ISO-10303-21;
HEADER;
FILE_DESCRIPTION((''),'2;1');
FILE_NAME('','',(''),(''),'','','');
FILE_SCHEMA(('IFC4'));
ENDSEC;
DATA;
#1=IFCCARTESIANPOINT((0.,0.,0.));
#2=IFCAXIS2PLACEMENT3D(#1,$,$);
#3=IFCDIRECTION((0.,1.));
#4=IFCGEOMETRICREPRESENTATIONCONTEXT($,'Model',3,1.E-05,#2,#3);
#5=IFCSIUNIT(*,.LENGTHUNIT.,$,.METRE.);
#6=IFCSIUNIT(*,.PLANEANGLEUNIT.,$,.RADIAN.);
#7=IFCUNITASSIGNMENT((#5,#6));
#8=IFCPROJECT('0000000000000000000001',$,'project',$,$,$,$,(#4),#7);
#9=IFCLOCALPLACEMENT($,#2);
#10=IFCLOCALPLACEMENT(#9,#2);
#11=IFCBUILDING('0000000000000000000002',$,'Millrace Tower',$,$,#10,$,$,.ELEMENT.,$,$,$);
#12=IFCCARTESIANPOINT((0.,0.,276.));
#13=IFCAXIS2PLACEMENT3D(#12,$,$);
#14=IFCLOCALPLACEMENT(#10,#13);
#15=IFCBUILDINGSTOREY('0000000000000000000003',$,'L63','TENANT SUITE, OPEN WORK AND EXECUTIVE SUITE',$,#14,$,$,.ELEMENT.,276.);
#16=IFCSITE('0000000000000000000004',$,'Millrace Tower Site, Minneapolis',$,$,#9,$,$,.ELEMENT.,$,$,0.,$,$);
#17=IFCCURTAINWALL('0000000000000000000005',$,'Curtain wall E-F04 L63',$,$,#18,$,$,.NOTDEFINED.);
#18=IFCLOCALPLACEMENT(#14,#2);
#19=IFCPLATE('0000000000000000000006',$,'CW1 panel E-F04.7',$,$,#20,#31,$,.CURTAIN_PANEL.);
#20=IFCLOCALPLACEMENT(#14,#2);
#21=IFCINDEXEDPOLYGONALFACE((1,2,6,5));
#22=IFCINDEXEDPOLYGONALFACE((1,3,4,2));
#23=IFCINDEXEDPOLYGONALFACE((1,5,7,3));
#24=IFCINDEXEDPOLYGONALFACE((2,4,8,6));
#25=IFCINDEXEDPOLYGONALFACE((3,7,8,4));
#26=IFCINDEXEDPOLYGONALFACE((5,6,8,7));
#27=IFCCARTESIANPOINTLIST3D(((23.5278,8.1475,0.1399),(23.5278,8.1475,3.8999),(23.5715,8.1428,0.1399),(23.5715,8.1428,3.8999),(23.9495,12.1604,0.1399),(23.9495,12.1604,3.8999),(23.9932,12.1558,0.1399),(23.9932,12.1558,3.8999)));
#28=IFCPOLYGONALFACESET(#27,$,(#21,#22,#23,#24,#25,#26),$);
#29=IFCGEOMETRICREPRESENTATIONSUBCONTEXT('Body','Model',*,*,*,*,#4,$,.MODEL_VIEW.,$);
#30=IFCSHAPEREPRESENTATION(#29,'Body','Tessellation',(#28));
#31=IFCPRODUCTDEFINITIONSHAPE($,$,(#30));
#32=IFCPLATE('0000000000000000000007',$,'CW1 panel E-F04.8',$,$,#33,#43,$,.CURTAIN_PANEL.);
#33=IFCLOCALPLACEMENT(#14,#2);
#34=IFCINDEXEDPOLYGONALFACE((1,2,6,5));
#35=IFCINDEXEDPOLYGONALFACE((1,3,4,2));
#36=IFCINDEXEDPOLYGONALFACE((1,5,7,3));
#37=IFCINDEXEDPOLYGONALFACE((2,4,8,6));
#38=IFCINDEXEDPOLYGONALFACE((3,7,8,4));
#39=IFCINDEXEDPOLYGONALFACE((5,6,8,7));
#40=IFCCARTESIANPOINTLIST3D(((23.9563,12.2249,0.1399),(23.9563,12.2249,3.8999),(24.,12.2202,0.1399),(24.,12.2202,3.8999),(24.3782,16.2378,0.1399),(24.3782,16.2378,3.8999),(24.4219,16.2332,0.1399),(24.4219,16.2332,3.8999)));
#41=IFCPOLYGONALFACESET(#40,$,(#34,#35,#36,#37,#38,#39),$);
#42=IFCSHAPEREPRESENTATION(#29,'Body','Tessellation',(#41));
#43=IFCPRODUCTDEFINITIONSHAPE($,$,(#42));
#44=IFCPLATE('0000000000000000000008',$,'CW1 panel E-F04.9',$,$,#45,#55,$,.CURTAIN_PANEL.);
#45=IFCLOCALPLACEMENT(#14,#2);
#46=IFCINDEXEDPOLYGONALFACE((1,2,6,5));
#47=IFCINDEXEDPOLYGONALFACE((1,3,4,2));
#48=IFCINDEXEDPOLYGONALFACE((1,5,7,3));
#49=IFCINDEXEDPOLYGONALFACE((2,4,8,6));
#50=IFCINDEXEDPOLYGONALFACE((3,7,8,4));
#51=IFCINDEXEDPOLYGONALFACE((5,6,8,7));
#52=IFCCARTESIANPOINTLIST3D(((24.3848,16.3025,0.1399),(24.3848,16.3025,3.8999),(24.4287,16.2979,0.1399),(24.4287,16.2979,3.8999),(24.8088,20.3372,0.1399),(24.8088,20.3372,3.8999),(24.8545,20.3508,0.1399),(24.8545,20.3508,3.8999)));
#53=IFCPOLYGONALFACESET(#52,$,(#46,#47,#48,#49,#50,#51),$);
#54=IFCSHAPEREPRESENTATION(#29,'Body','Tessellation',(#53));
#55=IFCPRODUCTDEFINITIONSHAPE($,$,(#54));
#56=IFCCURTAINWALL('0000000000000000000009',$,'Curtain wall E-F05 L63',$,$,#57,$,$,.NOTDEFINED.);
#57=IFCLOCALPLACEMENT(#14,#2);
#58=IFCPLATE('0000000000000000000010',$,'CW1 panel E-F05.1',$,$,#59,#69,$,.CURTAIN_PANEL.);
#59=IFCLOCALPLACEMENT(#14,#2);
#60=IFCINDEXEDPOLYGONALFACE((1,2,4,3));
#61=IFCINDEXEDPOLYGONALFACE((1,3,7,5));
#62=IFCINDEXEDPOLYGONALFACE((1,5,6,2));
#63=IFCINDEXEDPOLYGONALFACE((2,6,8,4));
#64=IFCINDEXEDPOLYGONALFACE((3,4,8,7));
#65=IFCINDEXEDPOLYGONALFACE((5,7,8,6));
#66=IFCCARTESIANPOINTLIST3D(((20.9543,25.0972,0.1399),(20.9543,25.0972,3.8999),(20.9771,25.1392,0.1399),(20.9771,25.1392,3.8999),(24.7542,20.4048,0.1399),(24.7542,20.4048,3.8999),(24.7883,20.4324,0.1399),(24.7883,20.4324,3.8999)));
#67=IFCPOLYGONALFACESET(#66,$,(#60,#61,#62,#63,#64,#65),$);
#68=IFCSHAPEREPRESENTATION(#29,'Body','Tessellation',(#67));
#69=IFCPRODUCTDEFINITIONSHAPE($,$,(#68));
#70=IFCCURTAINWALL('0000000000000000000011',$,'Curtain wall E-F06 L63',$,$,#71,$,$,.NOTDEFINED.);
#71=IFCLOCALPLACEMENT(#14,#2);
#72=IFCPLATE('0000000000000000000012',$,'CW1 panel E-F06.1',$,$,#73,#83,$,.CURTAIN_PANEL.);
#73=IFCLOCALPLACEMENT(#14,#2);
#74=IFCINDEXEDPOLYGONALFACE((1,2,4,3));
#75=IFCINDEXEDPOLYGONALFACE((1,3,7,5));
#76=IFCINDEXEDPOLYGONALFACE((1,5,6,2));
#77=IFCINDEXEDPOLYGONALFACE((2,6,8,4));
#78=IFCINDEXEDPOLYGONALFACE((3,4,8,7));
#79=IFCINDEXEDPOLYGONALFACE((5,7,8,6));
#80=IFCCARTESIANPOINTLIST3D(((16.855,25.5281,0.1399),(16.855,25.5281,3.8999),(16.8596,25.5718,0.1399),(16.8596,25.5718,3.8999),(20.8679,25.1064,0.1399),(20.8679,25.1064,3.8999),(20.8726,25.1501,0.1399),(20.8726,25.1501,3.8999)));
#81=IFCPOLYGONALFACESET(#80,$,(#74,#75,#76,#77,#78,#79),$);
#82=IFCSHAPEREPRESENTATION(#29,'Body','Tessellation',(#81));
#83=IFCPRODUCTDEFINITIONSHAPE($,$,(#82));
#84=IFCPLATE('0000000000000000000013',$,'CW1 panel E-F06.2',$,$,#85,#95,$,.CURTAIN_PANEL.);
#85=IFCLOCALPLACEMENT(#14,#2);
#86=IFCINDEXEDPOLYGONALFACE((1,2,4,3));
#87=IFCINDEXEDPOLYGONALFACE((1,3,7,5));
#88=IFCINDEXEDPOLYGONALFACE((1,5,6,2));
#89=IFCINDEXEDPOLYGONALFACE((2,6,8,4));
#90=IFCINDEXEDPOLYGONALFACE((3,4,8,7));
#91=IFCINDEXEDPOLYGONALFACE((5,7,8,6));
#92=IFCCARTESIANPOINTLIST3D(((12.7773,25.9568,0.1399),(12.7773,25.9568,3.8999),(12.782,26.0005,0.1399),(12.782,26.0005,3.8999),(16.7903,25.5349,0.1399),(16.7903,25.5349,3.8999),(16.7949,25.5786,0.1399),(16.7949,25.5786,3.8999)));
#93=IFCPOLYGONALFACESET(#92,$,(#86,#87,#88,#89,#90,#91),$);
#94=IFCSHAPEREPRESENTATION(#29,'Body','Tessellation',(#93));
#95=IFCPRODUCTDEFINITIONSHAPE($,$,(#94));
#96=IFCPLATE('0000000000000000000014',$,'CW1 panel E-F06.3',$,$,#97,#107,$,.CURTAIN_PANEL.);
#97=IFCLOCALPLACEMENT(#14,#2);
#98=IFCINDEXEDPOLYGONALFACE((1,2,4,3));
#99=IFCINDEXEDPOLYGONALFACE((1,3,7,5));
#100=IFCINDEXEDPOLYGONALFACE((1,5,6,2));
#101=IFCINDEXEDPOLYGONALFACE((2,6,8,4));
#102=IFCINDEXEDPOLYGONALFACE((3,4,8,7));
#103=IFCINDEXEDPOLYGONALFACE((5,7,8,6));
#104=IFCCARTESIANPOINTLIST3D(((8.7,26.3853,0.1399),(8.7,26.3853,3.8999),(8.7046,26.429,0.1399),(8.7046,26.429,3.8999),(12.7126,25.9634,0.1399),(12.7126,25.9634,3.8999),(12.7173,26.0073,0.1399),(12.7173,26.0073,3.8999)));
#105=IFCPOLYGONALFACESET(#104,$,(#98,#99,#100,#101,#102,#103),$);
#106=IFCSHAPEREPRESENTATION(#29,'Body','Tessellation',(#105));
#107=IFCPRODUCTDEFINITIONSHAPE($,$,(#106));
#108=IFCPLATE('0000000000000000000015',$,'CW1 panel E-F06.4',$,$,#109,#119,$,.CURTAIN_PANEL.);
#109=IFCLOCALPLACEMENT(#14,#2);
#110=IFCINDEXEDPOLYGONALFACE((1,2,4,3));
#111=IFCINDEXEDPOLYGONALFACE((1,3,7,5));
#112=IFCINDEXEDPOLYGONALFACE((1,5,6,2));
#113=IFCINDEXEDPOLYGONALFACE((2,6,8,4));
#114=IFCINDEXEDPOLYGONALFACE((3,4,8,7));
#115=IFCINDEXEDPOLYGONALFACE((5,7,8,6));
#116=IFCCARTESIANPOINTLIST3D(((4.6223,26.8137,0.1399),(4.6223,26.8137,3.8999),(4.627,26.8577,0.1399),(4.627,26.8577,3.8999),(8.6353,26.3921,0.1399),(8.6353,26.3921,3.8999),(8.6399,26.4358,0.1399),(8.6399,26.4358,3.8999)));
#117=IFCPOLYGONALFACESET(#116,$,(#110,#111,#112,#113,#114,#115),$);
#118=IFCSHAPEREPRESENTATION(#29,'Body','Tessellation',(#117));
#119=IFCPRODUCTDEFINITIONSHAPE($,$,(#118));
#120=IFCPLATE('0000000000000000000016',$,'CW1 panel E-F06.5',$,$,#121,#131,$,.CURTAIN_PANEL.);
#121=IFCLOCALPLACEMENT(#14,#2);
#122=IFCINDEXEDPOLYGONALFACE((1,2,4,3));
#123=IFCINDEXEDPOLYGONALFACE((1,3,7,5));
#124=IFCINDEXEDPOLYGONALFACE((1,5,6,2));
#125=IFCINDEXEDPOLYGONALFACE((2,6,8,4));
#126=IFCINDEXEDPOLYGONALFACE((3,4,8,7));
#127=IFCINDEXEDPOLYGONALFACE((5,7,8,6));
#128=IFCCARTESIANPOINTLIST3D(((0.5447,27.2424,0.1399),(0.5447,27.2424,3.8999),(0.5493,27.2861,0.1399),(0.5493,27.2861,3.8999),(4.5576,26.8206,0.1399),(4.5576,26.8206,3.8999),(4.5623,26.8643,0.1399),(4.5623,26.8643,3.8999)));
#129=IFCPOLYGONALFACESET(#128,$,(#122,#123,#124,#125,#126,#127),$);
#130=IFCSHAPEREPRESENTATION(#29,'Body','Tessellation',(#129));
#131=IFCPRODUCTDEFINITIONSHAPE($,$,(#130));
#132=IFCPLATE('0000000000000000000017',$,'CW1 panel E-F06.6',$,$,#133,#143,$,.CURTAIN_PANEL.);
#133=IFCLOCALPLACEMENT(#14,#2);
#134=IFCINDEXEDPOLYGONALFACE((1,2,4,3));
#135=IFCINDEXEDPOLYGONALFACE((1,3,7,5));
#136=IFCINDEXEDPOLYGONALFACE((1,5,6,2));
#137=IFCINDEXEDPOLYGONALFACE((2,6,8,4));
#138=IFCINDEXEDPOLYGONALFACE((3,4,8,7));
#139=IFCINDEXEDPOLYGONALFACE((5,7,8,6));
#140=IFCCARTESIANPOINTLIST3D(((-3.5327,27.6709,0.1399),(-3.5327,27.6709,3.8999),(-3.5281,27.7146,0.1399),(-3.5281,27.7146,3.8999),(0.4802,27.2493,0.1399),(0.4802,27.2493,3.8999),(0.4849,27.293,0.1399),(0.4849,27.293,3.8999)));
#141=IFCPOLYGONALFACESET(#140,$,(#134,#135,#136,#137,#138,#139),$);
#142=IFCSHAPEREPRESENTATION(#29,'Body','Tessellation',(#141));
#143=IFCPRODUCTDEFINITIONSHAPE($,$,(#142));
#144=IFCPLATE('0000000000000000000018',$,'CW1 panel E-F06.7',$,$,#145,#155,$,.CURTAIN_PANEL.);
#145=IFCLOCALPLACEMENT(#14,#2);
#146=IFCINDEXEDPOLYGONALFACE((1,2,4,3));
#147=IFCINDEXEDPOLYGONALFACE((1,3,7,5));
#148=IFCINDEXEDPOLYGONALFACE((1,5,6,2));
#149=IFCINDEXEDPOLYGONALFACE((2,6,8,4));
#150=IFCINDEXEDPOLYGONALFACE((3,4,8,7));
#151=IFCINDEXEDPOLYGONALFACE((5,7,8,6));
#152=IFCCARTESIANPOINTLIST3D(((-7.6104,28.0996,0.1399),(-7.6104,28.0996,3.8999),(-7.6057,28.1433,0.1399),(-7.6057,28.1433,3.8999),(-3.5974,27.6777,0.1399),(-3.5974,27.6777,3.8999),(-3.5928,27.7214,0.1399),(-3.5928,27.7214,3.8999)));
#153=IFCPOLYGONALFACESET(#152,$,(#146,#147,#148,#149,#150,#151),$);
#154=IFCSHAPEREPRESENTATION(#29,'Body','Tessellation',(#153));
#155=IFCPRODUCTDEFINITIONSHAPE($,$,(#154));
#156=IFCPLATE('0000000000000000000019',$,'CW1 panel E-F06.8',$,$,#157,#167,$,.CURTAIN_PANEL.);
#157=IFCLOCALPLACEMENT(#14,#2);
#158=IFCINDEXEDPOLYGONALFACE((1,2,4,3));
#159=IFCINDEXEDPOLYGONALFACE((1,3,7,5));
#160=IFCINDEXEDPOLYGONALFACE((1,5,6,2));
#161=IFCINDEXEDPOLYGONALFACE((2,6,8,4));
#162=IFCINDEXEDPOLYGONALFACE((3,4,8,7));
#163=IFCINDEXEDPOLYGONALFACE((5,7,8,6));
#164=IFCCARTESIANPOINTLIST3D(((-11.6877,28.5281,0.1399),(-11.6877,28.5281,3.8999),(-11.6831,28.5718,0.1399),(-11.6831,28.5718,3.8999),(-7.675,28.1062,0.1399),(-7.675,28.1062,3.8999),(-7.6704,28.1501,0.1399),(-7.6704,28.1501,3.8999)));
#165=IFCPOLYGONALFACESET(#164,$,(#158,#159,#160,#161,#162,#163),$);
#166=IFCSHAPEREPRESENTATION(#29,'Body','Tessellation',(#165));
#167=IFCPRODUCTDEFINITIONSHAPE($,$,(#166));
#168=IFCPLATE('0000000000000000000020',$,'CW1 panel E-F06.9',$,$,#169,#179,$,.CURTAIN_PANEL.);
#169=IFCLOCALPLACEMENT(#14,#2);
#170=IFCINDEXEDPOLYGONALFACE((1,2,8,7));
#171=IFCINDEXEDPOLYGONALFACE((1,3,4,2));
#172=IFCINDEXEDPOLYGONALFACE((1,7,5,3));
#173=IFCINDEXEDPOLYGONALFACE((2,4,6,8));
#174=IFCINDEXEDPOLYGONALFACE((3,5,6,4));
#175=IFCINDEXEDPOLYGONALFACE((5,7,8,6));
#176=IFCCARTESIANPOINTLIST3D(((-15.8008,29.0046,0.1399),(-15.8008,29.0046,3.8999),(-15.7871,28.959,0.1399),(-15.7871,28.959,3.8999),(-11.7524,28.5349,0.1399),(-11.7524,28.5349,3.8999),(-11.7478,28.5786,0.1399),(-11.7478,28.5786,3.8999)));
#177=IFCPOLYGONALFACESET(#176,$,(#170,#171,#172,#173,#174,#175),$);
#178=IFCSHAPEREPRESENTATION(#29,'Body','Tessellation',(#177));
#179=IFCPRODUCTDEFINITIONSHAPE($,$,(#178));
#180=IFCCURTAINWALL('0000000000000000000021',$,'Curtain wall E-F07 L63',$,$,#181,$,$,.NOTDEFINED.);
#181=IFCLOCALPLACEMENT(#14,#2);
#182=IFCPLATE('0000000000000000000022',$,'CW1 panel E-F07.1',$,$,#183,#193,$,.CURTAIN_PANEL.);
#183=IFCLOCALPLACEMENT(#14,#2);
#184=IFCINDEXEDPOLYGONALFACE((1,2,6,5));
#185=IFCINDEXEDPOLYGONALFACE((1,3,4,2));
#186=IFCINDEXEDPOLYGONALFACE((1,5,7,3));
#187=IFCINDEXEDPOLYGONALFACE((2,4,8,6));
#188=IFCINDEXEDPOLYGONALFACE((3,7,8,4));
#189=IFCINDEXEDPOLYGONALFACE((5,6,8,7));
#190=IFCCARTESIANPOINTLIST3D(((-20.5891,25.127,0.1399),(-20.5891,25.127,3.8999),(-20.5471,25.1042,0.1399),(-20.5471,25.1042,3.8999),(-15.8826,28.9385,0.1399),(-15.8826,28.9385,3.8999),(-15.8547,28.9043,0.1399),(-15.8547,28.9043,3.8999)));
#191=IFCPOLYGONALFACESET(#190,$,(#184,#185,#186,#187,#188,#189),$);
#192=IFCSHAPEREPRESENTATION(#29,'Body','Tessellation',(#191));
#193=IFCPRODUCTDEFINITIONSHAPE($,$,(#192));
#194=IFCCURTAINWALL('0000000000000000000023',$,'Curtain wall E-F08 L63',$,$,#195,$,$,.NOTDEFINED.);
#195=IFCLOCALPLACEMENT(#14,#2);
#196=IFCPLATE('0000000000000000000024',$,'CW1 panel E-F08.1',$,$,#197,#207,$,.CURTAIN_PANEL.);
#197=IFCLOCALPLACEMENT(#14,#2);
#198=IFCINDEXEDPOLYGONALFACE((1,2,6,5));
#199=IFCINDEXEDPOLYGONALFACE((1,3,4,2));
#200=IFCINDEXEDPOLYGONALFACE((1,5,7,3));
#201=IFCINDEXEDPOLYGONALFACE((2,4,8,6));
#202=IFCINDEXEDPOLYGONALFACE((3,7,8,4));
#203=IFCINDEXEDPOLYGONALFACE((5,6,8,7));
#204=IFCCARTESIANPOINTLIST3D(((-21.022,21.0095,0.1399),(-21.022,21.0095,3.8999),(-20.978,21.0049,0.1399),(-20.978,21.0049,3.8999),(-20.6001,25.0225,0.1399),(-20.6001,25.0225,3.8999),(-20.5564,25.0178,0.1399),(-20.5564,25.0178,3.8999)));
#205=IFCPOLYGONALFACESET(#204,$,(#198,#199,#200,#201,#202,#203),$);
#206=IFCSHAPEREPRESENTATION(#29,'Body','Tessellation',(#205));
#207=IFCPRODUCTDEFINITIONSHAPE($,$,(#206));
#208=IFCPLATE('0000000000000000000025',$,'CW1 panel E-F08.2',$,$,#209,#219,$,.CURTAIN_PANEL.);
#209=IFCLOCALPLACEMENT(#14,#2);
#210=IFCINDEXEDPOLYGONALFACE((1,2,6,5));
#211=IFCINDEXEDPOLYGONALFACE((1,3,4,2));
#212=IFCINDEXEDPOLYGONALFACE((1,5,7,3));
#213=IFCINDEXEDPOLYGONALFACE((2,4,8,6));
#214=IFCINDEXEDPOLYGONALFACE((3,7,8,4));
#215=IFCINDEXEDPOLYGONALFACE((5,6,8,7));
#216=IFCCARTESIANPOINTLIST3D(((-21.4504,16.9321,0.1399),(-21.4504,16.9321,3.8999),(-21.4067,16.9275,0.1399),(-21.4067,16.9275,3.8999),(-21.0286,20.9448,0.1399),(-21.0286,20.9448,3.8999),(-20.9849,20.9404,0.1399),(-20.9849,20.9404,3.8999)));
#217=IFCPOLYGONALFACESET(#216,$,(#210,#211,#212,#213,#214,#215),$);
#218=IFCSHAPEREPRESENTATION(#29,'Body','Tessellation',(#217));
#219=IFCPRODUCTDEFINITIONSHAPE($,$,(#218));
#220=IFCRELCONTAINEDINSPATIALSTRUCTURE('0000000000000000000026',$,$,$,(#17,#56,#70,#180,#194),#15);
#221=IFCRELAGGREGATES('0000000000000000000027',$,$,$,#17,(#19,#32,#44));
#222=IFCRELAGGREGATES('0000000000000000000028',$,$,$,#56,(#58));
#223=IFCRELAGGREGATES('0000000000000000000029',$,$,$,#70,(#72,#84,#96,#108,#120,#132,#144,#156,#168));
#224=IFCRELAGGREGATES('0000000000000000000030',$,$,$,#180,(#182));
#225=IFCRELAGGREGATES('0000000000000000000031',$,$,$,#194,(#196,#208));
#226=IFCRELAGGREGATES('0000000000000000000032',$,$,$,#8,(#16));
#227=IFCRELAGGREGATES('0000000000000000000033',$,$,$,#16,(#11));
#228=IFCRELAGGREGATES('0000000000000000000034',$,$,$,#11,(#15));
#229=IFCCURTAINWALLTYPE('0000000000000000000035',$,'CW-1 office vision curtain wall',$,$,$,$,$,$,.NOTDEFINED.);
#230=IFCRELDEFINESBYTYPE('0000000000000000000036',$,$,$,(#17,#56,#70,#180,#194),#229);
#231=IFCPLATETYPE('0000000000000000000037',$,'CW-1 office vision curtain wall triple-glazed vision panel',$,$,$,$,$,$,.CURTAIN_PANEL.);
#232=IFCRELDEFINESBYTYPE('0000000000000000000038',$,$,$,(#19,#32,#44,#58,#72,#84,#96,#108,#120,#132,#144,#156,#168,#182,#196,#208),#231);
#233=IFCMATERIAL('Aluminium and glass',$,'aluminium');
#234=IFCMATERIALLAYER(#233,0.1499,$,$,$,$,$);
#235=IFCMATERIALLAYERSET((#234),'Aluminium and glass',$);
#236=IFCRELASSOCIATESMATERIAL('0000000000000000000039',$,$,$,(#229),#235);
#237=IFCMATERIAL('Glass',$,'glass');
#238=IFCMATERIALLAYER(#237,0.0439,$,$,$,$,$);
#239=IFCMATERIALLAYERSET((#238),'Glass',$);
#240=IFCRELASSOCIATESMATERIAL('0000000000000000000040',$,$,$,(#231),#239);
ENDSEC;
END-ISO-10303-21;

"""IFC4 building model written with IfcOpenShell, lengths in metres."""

from ifc_helpers import new_model, si_unit, direction, frame, origin, place, context, subcontext, project, spatial, polyline, outline, extrude, material, layer, layer_set, type_object, element, aggregate, save


model = new_model("IFC4")

# Units and contexts
model_context = context("Model", 3, precision=1e-05, world=origin(), true_north=direction((0.0, 1.0)))
body_context = subcontext(model_context, "Body", "Model", "MODEL_VIEW")
ifc_project = project(units=[si_unit("LENGTHUNIT", "METRE"), si_unit("PLANEANGLEUNIT", "RADIAN")], contexts=[model_context])

# Site, building, storey
site_placement = place(None, origin())
site = spatial("IfcSite", under=ifc_project, at=site_placement, Name="Millrace Tower Site, Minneapolis", CompositionType="ELEMENT", RefElevation=0.0)
building_placement = place(site_placement, origin())
building = spatial("IfcBuilding", under=site, at=building_placement, Name="Millrace Tower", CompositionType="ELEMENT")
storey_placement = place(building_placement, frame((0.0, 0.0, 276.0)))
storey = spatial("IfcBuildingStorey", under=building, at=storey_placement, Name="L63", Description="TENANT SUITE, OPEN WORK AND EXECUTIVE SUITE", CompositionType="ELEMENT", Elevation=276.0)

# Curtain wall, plates
ifc_material_1 = material(Name="Aluminium and glass", Category="aluminium")
ifc_layer_1 = layer(ifc_material_1, 0.1499)
ifc_layer_set_1 = layer_set([ifc_layer_1], Name="Aluminium and glass")
curtain_wall_type = type_object("IfcCurtainWallType", Name="CW-1 office vision curtain wall", PredefinedType="NOTDEFINED", material=ifc_layer_set_1)
placement_1 = place(storey_placement, origin())
curtain_wall_1 = element("IfcCurtainWall", 1, at=placement_1, inside=storey, type_object=curtain_wall_type, Name="Curtain wall E-F04 L63", PredefinedType="NOTDEFINED")
ifc_material_2 = material(Name="Glass", Category="glass")
ifc_layer_2 = layer(ifc_material_2, 0.0439)
ifc_layer_set_2 = layer_set([ifc_layer_2], Name="Glass")
plate_type = type_object("IfcPlateType", Name="CW-1 office vision curtain wall triple-glazed vision panel", PredefinedType="CURTAIN_PANEL", material=ifc_layer_set_2)
placement_2 = place(storey_placement, frame((0.0, 0.0, 0.1399)))
plate_1 = element("IfcPlate", 2, at=placement_2, type_object=plate_type, Name="CW1 panel E-F04.7", PredefinedType="CURTAIN_PANEL", context=body_context, shape_type="SweptSolid", body=[
    extrude(outline(polyline([(23.5715, 8.1428), (23.9932, 12.1558), (23.9495, 12.1604), (23.5278, 8.1475), (23.5715, 8.1428)])), origin(), (0.0, 0.0, 1.0), 3.76),
])
plate_2 = element("IfcPlate", 3, at=placement_2, type_object=plate_type, Name="CW1 panel E-F04.8", PredefinedType="CURTAIN_PANEL", context=body_context, shape_type="SweptSolid", body=[
    extrude(outline(polyline([(24.0, 12.2202), (24.4219, 16.2332), (24.3782, 16.2378), (23.9563, 12.2249), (24.0, 12.2202)])), origin(), (0.0, 0.0, 1.0), 3.76),
])
plate_3 = element("IfcPlate", 4, at=placement_2, type_object=plate_type, Name="CW1 panel E-F04.9", PredefinedType="CURTAIN_PANEL", context=body_context, shape_type="SweptSolid", body=[
    extrude(outline(polyline([(24.4287, 16.2979), (24.8545, 20.3508), (24.8088, 20.3372), (24.3848, 16.3025), (24.4287, 16.2979)])), origin(), (0.0, 0.0, 1.0), 3.76),
])
aggregate(curtain_wall_1, [plate_1, plate_2, plate_3])

# Curtain wall, plate
curtain_wall_2 = element("IfcCurtainWall", 5, at=placement_1, inside=storey, type_object=curtain_wall_type, Name="Curtain wall E-F05 L63", PredefinedType="NOTDEFINED")
plate_4 = element("IfcPlate", 6, at=placement_2, type_object=plate_type, Name="CW1 panel E-F05.1", PredefinedType="CURTAIN_PANEL", context=body_context, shape_type="SweptSolid", body=[
    extrude(outline(polyline([(24.7883, 20.4324), (20.9771, 25.1392), (20.9543, 25.0972), (24.7542, 20.4048), (24.7883, 20.4324)])), origin(), (0.0, 0.0, 1.0), 3.76),
])
aggregate(curtain_wall_2, [plate_4])

# Curtain wall, plates
curtain_wall_3 = element("IfcCurtainWall", 7, at=placement_1, inside=storey, type_object=curtain_wall_type, Name="Curtain wall E-F06 L63", PredefinedType="NOTDEFINED")
plate_5 = element("IfcPlate", 8, at=placement_2, type_object=plate_type, Name="CW1 panel E-F06.1", PredefinedType="CURTAIN_PANEL", context=body_context, shape_type="SweptSolid", body=[
    extrude(outline(polyline([(20.8726, 25.1501), (16.8596, 25.5718), (16.855, 25.5281), (20.8679, 25.1064), (20.8726, 25.1501)])), origin(), (0.0, 0.0, 1.0), 3.76),
])
plate_6 = element("IfcPlate", 9, at=placement_2, type_object=plate_type, Name="CW1 panel E-F06.2", PredefinedType="CURTAIN_PANEL", context=body_context, shape_type="SweptSolid", body=[
    extrude(outline(polyline([(16.7949, 25.5786), (12.782, 26.0005), (12.7773, 25.9568), (16.7903, 25.5349), (16.7949, 25.5786)])), origin(), (0.0, 0.0, 1.0), 3.76),
])
plate_7 = element("IfcPlate", 10, at=placement_2, type_object=plate_type, Name="CW1 panel E-F06.3", PredefinedType="CURTAIN_PANEL", context=body_context, shape_type="SweptSolid", body=[
    extrude(outline(polyline([(12.7173, 26.0073), (8.7046, 26.429), (8.7, 26.3853), (12.7126, 25.9634), (12.7173, 26.0073)])), origin(), (0.0, 0.0, 1.0), 3.76),
])
plate_8 = element("IfcPlate", 11, at=placement_2, type_object=plate_type, Name="CW1 panel E-F06.4", PredefinedType="CURTAIN_PANEL", context=body_context, shape_type="SweptSolid", body=[
    extrude(outline(polyline([(8.6399, 26.4358), (4.627, 26.8577), (4.6223, 26.8137), (8.6353, 26.3921), (8.6399, 26.4358)])), origin(), (0.0, 0.0, 1.0), 3.76),
])
plate_9 = element("IfcPlate", 12, at=placement_2, type_object=plate_type, Name="CW1 panel E-F06.5", PredefinedType="CURTAIN_PANEL", context=body_context, shape_type="SweptSolid", body=[
    extrude(outline(polyline([(4.5623, 26.8643), (0.5493, 27.2861), (0.5447, 27.2424), (4.5576, 26.8206), (4.5623, 26.8643)])), origin(), (0.0, 0.0, 1.0), 3.76),
])
plate_10 = element("IfcPlate", 13, at=placement_2, type_object=plate_type, Name="CW1 panel E-F06.6", PredefinedType="CURTAIN_PANEL", context=body_context, shape_type="SweptSolid", body=[
    extrude(outline(polyline([(0.4849, 27.293), (-3.5281, 27.7146), (-3.5327, 27.6709), (0.4802, 27.2493), (0.4849, 27.293)])), origin(), (0.0, 0.0, 1.0), 3.76),
])
plate_11 = element("IfcPlate", 14, at=placement_2, type_object=plate_type, Name="CW1 panel E-F06.7", PredefinedType="CURTAIN_PANEL", context=body_context, shape_type="SweptSolid", body=[
    extrude(outline(polyline([(-3.5928, 27.7214), (-7.6057, 28.1433), (-7.6104, 28.0996), (-3.5974, 27.6777), (-3.5928, 27.7214)])), origin(), (0.0, 0.0, 1.0), 3.76),
])
plate_12 = element("IfcPlate", 15, at=placement_2, type_object=plate_type, Name="CW1 panel E-F06.8", PredefinedType="CURTAIN_PANEL", context=body_context, shape_type="SweptSolid", body=[
    extrude(outline(polyline([(-7.6704, 28.1501), (-11.6831, 28.5718), (-11.6877, 28.5281), (-7.675, 28.1062), (-7.6704, 28.1501)])), origin(), (0.0, 0.0, 1.0), 3.76),
])
plate_13 = element("IfcPlate", 16, at=placement_2, type_object=plate_type, Name="CW1 panel E-F06.9", PredefinedType="CURTAIN_PANEL", context=body_context, shape_type="SweptSolid", body=[
    extrude(outline(polyline([(-11.7478, 28.5786), (-15.8008, 29.0046), (-15.7871, 28.959), (-11.7524, 28.5349), (-11.7478, 28.5786)])), origin(), (0.0, 0.0, 1.0), 3.76),
])
aggregate(curtain_wall_3, [plate_5, plate_6, plate_7, plate_8, plate_9, plate_10, plate_11, plate_12, plate_13])

# Curtain wall, plate
curtain_wall_4 = element("IfcCurtainWall", 17, at=placement_1, inside=storey, type_object=curtain_wall_type, Name="Curtain wall E-F07 L63", PredefinedType="NOTDEFINED")
plate_14 = element("IfcPlate", 18, at=placement_2, type_object=plate_type, Name="CW1 panel E-F07.1", PredefinedType="CURTAIN_PANEL", context=body_context, shape_type="SweptSolid", body=[
    extrude(outline(polyline([(-15.8826, 28.9385), (-20.5891, 25.127), (-20.5471, 25.1042), (-15.8547, 28.9043), (-15.8826, 28.9385)])), origin(), (0.0, 0.0, 1.0), 3.76),
])
aggregate(curtain_wall_4, [plate_14])

# Curtain wall, plates
curtain_wall_5 = element("IfcCurtainWall", 19, at=placement_1, inside=storey, type_object=curtain_wall_type, Name="Curtain wall E-F08 L63", PredefinedType="NOTDEFINED")
plate_15 = element("IfcPlate", 20, at=placement_2, type_object=plate_type, Name="CW1 panel E-F08.1", PredefinedType="CURTAIN_PANEL", context=body_context, shape_type="SweptSolid", body=[
    extrude(outline(polyline([(-20.6001, 25.0225), (-21.022, 21.0095), (-20.978, 21.0049), (-20.5564, 25.0178), (-20.6001, 25.0225)])), origin(), (0.0, 0.0, 1.0), 3.76),
])
plate_16 = element("IfcPlate", 21, at=placement_2, type_object=plate_type, Name="CW1 panel E-F08.2", PredefinedType="CURTAIN_PANEL", context=body_context, shape_type="SweptSolid", body=[
    extrude(outline(polyline([(-21.0286, 20.9448), (-21.4504, 16.9321), (-21.4067, 16.9275), (-20.9849, 20.9404), (-21.0286, 20.9448)])), origin(), (0.0, 0.0, 1.0), 3.76),
])
aggregate(curtain_wall_5, [plate_15, plate_16])

save(model, "model.ifc")
